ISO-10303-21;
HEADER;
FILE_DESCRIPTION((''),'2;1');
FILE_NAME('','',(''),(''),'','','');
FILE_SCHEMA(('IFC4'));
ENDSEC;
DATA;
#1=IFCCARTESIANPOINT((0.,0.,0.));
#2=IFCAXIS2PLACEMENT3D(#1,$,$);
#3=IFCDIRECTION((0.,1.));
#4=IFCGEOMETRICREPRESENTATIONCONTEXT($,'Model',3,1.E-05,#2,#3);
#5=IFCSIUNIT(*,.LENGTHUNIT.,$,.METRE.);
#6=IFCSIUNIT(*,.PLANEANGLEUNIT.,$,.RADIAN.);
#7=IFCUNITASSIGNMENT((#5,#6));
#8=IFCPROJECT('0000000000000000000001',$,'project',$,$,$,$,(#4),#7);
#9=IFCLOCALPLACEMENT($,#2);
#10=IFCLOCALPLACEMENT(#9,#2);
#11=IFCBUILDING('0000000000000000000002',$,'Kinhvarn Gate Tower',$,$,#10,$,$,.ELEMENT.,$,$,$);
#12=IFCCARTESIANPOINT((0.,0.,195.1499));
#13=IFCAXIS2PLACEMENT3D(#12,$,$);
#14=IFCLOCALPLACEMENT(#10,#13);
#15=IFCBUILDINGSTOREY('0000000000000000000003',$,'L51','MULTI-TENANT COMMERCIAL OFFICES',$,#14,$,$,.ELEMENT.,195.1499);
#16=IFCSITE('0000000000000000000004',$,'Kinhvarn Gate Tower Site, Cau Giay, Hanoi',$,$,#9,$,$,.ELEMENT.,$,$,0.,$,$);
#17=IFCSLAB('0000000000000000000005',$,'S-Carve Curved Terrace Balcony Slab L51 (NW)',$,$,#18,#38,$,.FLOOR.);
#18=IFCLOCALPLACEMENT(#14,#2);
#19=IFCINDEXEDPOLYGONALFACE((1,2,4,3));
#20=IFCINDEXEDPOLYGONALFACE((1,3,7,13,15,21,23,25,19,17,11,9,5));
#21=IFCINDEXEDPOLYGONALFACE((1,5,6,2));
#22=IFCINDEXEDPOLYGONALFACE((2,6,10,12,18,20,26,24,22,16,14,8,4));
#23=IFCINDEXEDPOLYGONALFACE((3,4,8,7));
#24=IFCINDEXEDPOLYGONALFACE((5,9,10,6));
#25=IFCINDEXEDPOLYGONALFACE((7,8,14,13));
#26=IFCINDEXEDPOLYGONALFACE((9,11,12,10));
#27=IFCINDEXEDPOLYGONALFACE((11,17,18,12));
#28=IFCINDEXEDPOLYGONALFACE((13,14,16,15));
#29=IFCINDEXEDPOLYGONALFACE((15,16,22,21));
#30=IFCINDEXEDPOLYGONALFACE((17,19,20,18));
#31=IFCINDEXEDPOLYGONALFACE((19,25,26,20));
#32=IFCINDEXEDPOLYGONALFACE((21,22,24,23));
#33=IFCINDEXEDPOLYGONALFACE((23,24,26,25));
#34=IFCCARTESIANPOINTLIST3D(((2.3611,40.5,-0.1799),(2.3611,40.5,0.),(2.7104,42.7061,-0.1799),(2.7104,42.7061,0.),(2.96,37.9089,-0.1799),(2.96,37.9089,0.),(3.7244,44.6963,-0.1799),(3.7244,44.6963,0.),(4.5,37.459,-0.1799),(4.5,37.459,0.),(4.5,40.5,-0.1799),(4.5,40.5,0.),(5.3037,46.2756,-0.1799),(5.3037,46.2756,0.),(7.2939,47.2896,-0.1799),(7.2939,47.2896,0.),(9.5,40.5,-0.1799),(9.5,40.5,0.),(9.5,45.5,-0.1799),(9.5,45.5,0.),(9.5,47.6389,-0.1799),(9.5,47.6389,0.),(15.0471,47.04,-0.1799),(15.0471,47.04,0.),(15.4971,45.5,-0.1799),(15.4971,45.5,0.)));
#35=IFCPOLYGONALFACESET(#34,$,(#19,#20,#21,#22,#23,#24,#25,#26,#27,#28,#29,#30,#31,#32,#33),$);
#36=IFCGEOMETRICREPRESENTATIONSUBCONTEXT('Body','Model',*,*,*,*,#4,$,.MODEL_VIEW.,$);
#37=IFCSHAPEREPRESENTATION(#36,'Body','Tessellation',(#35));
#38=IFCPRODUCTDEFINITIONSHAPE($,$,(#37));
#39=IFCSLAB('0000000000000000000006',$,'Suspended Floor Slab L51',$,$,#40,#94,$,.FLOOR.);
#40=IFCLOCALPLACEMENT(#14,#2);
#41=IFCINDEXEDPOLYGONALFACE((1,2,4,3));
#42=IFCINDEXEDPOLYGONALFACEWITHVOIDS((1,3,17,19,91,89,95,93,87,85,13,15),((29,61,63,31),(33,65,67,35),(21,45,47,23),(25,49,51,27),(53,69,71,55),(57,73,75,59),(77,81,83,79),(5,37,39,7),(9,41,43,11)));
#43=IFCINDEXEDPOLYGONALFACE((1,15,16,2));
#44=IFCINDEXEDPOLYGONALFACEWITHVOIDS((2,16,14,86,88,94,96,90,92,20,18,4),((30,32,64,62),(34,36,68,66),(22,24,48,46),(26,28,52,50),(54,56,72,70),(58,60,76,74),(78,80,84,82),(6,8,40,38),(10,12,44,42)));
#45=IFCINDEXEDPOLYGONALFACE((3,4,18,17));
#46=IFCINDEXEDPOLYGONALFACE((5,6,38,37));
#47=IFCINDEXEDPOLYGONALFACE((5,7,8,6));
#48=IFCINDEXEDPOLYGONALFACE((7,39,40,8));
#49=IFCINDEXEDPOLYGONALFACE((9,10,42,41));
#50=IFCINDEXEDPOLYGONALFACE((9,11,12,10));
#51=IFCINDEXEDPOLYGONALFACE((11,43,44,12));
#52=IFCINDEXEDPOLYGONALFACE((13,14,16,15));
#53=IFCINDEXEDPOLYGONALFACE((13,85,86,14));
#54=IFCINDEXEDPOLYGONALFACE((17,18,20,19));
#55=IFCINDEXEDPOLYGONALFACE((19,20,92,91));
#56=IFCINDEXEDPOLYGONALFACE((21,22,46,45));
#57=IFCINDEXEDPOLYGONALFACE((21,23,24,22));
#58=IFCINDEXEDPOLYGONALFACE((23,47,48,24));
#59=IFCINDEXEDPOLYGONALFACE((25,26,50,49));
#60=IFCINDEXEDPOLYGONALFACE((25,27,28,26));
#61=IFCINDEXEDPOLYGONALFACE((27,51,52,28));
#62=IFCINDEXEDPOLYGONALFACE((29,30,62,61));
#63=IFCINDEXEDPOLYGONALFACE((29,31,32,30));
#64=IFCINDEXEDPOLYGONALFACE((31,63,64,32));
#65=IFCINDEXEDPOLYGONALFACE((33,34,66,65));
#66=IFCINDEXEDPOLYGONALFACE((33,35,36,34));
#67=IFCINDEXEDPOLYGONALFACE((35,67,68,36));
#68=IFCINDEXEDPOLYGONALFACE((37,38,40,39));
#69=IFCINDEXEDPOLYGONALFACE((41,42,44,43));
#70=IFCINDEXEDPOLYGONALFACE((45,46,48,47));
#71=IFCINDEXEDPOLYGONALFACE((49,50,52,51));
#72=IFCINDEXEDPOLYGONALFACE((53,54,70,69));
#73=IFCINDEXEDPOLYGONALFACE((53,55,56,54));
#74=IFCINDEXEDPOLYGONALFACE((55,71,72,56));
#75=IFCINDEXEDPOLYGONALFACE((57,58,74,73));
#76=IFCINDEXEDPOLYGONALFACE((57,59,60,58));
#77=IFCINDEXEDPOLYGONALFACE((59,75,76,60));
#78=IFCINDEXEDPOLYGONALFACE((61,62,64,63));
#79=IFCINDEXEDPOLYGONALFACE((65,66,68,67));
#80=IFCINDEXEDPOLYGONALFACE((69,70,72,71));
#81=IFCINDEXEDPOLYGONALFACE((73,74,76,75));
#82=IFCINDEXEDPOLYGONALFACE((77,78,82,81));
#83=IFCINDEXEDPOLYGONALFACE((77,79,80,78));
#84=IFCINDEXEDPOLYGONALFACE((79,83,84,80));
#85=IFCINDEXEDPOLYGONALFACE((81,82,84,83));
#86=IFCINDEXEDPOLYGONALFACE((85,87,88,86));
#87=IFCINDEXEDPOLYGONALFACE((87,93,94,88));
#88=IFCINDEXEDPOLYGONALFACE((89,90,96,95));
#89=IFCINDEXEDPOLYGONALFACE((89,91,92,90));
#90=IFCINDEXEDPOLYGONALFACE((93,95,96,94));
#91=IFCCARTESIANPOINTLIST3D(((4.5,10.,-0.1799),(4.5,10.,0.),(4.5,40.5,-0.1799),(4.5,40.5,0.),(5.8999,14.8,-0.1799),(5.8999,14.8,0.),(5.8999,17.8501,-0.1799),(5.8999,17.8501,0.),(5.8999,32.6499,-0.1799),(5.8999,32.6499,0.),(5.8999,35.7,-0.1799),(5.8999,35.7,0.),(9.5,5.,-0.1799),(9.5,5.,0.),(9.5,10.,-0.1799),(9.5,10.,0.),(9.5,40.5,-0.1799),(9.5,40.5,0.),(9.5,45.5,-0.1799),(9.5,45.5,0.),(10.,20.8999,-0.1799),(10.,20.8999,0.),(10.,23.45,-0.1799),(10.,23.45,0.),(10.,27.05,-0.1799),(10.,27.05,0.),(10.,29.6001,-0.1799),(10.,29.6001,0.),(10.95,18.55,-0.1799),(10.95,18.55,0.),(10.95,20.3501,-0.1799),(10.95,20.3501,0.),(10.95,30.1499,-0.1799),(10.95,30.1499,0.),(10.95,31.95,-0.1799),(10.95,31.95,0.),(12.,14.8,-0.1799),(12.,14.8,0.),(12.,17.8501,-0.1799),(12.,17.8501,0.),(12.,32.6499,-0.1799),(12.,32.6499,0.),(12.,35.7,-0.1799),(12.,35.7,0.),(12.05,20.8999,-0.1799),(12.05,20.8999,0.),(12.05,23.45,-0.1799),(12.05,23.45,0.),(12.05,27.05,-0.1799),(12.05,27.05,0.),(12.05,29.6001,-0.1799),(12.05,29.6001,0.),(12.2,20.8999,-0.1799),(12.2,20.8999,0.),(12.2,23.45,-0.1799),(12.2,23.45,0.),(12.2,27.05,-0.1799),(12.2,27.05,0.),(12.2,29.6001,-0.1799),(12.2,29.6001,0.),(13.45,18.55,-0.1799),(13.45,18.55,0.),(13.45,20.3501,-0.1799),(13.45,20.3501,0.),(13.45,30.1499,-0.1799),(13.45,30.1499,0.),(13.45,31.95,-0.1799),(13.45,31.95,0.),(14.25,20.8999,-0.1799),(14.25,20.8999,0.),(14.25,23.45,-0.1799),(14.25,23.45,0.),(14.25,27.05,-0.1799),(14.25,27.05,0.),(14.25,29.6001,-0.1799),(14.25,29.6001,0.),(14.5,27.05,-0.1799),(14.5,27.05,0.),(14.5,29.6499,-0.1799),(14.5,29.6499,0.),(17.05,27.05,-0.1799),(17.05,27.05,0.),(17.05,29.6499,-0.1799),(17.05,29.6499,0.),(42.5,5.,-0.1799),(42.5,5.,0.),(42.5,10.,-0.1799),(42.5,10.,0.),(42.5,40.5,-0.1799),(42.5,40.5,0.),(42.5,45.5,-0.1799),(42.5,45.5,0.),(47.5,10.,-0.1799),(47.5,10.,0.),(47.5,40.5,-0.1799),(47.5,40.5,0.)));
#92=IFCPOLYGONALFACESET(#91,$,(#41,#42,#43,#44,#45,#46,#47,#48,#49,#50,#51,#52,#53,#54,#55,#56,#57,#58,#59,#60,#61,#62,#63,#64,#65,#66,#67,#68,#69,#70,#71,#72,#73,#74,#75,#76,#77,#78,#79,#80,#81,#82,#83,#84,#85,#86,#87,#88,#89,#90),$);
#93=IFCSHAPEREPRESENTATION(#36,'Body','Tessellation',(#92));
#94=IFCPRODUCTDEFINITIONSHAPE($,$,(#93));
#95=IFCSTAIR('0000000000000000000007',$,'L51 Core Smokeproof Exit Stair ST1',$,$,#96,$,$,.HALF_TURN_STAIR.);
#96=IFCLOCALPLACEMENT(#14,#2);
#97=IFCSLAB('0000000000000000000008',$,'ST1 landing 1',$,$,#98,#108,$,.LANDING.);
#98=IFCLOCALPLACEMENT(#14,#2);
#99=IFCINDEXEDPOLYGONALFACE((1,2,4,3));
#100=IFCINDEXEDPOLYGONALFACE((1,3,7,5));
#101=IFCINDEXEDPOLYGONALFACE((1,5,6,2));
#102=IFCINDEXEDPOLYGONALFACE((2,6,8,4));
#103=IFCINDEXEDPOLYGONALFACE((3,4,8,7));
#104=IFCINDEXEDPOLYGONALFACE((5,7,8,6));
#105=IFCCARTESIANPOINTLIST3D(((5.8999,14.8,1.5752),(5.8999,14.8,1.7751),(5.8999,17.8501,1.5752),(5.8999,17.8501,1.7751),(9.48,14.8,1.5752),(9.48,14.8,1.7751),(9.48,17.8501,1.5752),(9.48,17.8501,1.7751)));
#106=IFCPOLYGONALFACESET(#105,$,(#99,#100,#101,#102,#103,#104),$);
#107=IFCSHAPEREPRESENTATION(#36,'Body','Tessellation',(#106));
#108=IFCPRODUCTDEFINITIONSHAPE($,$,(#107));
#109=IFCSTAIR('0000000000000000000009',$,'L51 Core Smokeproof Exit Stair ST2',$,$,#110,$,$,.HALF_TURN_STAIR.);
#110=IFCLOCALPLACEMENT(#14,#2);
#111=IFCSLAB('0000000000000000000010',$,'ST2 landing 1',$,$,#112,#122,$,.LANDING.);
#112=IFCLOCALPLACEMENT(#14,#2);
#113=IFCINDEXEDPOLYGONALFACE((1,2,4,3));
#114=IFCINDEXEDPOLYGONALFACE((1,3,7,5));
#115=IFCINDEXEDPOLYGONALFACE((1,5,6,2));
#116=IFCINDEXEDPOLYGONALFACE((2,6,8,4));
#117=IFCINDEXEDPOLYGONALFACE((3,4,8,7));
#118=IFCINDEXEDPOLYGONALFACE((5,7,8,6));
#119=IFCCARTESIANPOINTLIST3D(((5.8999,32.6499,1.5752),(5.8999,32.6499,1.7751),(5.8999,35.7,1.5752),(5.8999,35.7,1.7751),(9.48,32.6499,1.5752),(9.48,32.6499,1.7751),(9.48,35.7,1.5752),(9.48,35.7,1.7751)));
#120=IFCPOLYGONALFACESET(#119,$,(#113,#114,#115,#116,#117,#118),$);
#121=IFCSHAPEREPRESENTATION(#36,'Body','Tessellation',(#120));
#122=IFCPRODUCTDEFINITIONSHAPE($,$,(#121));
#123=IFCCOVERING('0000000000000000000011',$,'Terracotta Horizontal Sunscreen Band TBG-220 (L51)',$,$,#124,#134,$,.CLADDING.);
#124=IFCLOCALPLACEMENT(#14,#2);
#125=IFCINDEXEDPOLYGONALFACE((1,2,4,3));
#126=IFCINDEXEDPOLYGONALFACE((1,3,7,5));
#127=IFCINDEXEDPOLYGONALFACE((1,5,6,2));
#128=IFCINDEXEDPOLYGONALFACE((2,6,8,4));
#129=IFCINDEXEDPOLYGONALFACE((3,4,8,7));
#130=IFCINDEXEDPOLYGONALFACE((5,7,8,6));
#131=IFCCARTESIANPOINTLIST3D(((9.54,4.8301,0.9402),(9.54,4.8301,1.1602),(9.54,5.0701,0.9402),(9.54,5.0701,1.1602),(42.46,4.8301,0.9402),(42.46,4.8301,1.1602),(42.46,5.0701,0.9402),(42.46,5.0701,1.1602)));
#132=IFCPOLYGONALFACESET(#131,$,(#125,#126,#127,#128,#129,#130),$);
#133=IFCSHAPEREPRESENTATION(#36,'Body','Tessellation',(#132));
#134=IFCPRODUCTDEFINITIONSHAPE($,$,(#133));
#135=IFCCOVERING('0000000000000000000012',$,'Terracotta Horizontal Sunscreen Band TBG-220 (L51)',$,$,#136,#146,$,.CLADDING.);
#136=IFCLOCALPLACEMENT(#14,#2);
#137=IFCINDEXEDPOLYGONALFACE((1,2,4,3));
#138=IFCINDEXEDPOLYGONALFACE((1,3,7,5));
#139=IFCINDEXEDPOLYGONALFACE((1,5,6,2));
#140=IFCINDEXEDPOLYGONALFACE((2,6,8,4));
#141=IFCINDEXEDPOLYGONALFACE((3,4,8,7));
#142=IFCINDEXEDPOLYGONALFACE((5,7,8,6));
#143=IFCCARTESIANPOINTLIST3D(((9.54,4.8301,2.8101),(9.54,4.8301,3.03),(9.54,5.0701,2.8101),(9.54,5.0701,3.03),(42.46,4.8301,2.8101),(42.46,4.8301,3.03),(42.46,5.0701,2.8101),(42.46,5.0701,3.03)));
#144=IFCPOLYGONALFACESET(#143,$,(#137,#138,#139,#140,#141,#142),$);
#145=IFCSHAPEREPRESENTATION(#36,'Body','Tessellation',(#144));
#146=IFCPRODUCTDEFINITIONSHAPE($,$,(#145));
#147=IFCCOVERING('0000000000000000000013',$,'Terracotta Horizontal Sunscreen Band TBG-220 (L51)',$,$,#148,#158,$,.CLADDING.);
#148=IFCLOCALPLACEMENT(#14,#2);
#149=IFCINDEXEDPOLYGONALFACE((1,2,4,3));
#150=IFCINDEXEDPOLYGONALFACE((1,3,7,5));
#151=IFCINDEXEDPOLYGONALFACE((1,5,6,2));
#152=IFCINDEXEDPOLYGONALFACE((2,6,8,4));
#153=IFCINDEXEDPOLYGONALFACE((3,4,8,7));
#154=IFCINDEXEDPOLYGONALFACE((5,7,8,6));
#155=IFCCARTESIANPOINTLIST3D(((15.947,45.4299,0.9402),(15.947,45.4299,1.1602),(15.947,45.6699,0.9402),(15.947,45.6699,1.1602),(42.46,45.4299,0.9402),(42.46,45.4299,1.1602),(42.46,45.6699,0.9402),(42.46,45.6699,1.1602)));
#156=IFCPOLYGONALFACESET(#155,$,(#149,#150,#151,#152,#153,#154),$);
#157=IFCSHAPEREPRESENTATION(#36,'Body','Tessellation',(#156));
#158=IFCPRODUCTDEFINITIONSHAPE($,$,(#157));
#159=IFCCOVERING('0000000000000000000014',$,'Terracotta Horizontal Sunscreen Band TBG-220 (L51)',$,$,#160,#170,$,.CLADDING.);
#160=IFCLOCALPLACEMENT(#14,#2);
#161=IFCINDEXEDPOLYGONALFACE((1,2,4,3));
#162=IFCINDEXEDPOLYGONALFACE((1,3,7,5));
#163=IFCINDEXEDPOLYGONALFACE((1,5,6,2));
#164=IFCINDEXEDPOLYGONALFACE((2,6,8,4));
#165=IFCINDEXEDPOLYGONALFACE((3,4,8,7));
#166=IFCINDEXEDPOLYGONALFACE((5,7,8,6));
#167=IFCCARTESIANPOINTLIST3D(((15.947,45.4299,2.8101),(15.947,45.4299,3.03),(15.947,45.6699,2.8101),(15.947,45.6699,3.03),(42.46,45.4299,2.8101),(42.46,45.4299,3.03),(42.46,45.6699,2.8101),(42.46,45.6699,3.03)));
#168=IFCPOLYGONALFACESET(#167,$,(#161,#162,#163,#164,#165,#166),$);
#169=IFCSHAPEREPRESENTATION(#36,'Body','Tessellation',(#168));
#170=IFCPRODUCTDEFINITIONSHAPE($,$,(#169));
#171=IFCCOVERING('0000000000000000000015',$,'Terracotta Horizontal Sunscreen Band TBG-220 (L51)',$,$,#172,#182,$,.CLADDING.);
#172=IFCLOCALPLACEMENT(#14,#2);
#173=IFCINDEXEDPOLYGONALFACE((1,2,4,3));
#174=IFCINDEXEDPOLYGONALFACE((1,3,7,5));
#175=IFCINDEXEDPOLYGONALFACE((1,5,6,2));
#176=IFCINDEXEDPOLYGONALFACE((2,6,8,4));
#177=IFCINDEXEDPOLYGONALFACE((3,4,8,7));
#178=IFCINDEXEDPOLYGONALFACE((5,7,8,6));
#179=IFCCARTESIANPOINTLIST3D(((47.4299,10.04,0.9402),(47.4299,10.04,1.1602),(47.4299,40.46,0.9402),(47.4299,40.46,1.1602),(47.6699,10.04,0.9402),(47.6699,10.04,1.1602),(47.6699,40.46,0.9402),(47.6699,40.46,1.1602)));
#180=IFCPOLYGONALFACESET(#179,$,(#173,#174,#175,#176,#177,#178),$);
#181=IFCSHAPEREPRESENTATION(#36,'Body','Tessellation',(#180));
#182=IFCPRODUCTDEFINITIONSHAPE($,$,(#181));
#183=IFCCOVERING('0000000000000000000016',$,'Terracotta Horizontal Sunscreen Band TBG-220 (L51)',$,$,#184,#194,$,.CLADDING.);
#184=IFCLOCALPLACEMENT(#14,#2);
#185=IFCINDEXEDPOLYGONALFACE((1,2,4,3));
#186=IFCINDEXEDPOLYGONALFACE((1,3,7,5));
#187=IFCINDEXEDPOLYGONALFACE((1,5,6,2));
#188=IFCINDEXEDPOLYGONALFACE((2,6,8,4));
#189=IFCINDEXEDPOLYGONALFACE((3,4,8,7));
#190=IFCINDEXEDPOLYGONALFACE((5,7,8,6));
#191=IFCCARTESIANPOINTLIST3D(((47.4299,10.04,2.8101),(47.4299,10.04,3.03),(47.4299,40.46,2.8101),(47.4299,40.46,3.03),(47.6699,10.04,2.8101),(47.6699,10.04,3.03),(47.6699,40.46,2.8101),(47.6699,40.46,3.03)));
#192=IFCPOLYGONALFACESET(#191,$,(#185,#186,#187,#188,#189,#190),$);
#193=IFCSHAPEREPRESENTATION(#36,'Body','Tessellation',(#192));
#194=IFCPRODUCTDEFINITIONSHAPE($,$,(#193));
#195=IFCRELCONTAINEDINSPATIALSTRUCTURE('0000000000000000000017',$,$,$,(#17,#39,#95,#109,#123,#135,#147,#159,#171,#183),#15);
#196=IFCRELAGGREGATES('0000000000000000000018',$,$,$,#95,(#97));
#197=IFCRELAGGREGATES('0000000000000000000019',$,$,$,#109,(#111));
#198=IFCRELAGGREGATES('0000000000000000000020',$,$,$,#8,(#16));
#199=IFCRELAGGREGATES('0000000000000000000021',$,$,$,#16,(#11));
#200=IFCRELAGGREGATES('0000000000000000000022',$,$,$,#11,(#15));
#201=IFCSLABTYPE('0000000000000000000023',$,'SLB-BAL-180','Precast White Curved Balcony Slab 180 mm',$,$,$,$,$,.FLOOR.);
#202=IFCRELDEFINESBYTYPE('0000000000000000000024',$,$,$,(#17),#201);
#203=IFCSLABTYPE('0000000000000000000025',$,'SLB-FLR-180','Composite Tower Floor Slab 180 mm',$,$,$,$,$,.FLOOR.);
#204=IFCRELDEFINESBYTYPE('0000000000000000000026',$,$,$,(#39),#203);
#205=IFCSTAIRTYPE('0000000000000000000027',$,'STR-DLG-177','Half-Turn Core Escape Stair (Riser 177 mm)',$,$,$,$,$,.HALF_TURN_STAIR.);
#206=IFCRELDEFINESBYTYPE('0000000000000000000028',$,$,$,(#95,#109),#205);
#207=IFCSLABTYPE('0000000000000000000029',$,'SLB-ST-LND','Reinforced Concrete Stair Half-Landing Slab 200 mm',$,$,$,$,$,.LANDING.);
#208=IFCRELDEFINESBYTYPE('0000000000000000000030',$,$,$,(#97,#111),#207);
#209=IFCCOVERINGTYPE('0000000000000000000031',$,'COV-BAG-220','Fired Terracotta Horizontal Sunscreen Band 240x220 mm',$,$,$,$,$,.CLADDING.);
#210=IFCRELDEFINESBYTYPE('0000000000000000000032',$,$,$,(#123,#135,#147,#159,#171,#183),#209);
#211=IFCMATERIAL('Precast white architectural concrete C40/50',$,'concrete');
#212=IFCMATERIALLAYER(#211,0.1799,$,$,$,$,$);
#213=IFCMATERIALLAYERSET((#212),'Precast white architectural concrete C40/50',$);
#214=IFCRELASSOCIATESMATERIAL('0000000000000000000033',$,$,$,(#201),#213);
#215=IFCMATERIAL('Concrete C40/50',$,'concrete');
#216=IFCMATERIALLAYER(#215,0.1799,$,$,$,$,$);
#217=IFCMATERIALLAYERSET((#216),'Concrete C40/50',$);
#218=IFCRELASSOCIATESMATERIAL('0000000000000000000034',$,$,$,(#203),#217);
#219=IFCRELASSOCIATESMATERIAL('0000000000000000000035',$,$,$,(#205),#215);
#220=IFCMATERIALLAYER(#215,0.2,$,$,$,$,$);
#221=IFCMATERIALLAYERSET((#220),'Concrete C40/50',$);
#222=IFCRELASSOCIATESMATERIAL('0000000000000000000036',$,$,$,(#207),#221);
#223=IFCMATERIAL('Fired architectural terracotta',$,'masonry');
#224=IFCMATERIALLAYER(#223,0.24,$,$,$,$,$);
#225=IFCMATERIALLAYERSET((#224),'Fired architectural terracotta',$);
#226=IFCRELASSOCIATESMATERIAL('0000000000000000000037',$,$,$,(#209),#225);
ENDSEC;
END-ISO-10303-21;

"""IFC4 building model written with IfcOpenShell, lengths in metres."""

from ifc_helpers import new_model, si_unit, direction, frame, origin, place, context, subcontext, project, spatial, polyline, outline, extrude, material, layer, layer_set, type_object, element, aggregate, save


model = new_model("IFC4")

# Units and contexts
model_context = context("Model", 3, precision=1e-05, world=origin(), true_north=direction((0.0, 1.0)))
body_context = subcontext(model_context, "Body", "Model", "MODEL_VIEW")
ifc_project = project(units=[si_unit("LENGTHUNIT", "METRE"), si_unit("PLANEANGLEUNIT", "RADIAN")], contexts=[model_context])

# Site, building, storey
site_placement = place(None, origin())
site = spatial("IfcSite", under=ifc_project, at=site_placement, Name="Kinhvarn Gate Tower Site, Cau Giay, Hanoi", CompositionType="ELEMENT", RefElevation=0.0)
building_placement = place(site_placement, origin())
building = spatial("IfcBuilding", under=site, at=building_placement, Name="Kinhvarn Gate Tower", CompositionType="ELEMENT")
storey_placement = place(building_placement, frame((0.0, 0.0, 195.1499)))
storey = spatial("IfcBuildingStorey", under=building, at=storey_placement, Name="L51", Description="MULTI-TENANT COMMERCIAL OFFICES", CompositionType="ELEMENT", Elevation=195.1499)

# Slabs
ifc_material_1 = material(Name="Precast white architectural concrete C40/50", Category="concrete")
ifc_layer_1 = layer(ifc_material_1, 0.1799)
ifc_layer_set_1 = layer_set([ifc_layer_1], Name="Precast white architectural concrete C40/50")
slab_type_1 = type_object("IfcSlabType", Name="SLB-BAL-180", Description="Precast White Curved Balcony Slab 180 mm", PredefinedType="FLOOR", material=ifc_layer_set_1)
slab_1_placement = place(storey_placement, frame((0.0, 0.0, -0.1799)))
element("IfcSlab", 1, at=slab_1_placement, inside=storey, type_object=slab_type_1, Name="S-Carve Curved Terrace Balcony Slab L51 (NW)", PredefinedType="FLOOR", context=body_context, shape_type="SweptSolid", body=[
    extrude(outline(polyline([(15.4971, 45.5), (15.0471, 47.04), (9.5, 47.6389), (7.2939, 47.2896), (5.3037, 46.2756), (3.7244, 44.6963), (2.7104, 42.7061), (2.3611, 40.5), (2.96, 37.9089), (4.5, 37.459), (4.5, 40.5), (9.5, 40.5), (9.5, 45.5), (15.4971, 45.5)])), origin(), (0.0, 0.0, 1.0), 0.1799),
])
ifc_material_2 = material(Name="Concrete C40/50", Category="concrete")
ifc_layer_2 = layer(ifc_material_2, 0.1799)
ifc_layer_set_2 = layer_set([ifc_layer_2], Name="Concrete C40/50")
slab_type_2 = type_object("IfcSlabType", Name="SLB-FLR-180", Description="Composite Tower Floor Slab 180 mm", PredefinedType="FLOOR", material=ifc_layer_set_2)
slab_2_placement = place(storey_placement, frame((0.0, 0.0, -0.1799)))
element("IfcSlab", 2, at=slab_2_placement, inside=storey, type_object=slab_type_2, Name="Suspended Floor Slab L51", PredefinedType="FLOOR", context=body_context, shape_type="SweptSolid", body=[
    extrude(outline(polyline([(9.5, 5.0), (42.5, 5.0), (42.5, 10.0), (47.5, 10.0), (47.5, 40.5), (42.5, 40.5), (42.5, 45.5), (9.5, 45.5), (9.5, 40.5), (4.5, 40.5), (4.5, 10.0), (9.5, 10.0), (9.5, 5.0)]), holes=[polyline([(5.8999, 14.8), (12.0, 14.8), (12.0, 17.8501), (5.8999, 17.8501), (5.8999, 14.8)]), polyline([(5.8999, 32.6499), (12.0, 32.6499), (12.0, 35.7), (5.8999, 35.7), (5.8999, 32.6499)]), polyline([(10.0, 20.8999), (12.05, 20.8999), (12.05, 23.45), (10.0, 23.45), (10.0, 20.8999)]), polyline([(12.2, 20.8999), (14.25, 20.8999), (14.25, 23.45), (12.2, 23.45), (12.2, 20.8999)]), polyline([(10.0, 27.05), (12.05, 27.05), (12.05, 29.6001), (10.0, 29.6001), (10.0, 27.05)]), polyline([(12.2, 27.05), (14.25, 27.05), (14.25, 29.6001), (12.2, 29.6001), (12.2, 27.05)]), polyline([(14.5, 27.05), (17.05, 27.05), (17.05, 29.6499), (14.5, 29.6499), (14.5, 27.05)]), polyline([(10.95, 18.55), (13.45, 18.55), (13.45, 20.3501), (10.95, 20.3501), (10.95, 18.55)]), polyline([(10.95, 30.1499), (13.45, 30.1499), (13.45, 31.95), (10.95, 31.95), (10.95, 30.1499)])]), origin(), (0.0, 0.0, 1.0), 0.1799),
])

# Stairs, slabs
stair_type = type_object("IfcStairType", Name="STR-DLG-177", Description="Half-Turn Core Escape Stair (Riser 177 mm)", PredefinedType="HALF_TURN_STAIR", material=ifc_material_2)
stair_1_placement = place(storey_placement, origin())
stair_1 = element("IfcStair", 3, at=stair_1_placement, inside=storey, type_object=stair_type, Name="L51 Core Smokeproof Exit Stair ST1", PredefinedType="HALF_TURN_STAIR")
ifc_layer_3 = layer(ifc_material_2, 0.2)
ifc_layer_set_3 = layer_set([ifc_layer_3], Name="Concrete C40/50")
slab_type_3 = type_object("IfcSlabType", Name="SLB-ST-LND", Description="Reinforced Concrete Stair Half-Landing Slab 200 mm", PredefinedType="LANDING", material=ifc_layer_set_3)
slab_3_placement = place(storey_placement, frame((0.0, 0.0, 1.5752)))
slab_3 = element("IfcSlab", 4, at=slab_3_placement, type_object=slab_type_3, Name="ST1 landing 1", PredefinedType="LANDING", context=body_context, shape_type="SweptSolid", body=[
    extrude(outline(polyline([(9.48, 17.8501), (5.8999, 17.8501), (5.8999, 14.8), (9.48, 14.8), (9.48, 17.8501)])), origin(), (0.0, 0.0, 1.0), 0.2),
])
aggregate(stair_1, [slab_3])
stair_2_placement = place(storey_placement, origin())
stair_2 = element("IfcStair", 5, at=stair_2_placement, inside=storey, type_object=stair_type, Name="L51 Core Smokeproof Exit Stair ST2", PredefinedType="HALF_TURN_STAIR")
slab_4_placement = place(storey_placement, frame((0.0, 0.0, 1.5752)))
slab_4 = element("IfcSlab", 6, at=slab_4_placement, type_object=slab_type_3, Name="ST2 landing 1", PredefinedType="LANDING", context=body_context, shape_type="SweptSolid", body=[
    extrude(outline(polyline([(9.48, 35.7), (5.8999, 35.7), (5.8999, 32.6499), (9.48, 32.6499), (9.48, 35.7)])), origin(), (0.0, 0.0, 1.0), 0.2),
])
aggregate(stair_2, [slab_4])

# Coverings
ifc_material_3 = material(Name="Fired architectural terracotta", Category="masonry")
ifc_layer_4 = layer(ifc_material_3, 0.24)
ifc_layer_set_4 = layer_set([ifc_layer_4], Name="Fired architectural terracotta")
covering_type_1 = type_object("IfcCoveringType", Name="COV-BAG-220", Description="Fired Terracotta Horizontal Sunscreen Band 240x220 mm", PredefinedType="CLADDING", material=ifc_layer_set_4)
for number, where, name in (
    (7, (0.0, 0.0, 0.9402), "Terracotta Horizontal Sunscreen Band TBG-220 (L51)"),
    (8, (0.0, 0.0, 2.8101), "Terracotta Horizontal Sunscreen Band TBG-220 (L51)"),
):
    element("IfcCovering", number, at=place(storey_placement, frame(where)), inside=storey, type_object=covering_type_1, Name=name, PredefinedType="CLADDING", context=body_context, shape_type="SweptSolid", body=[
        extrude(outline(polyline([(9.54, 5.0701), (42.46, 5.0701), (42.46, 4.8301), (9.54, 4.8301), (9.54, 5.0701)])), origin(), (0.0, 0.0, 1.0), 0.22),
    ])
for number, where, name in (
    (9, (0.0, 0.0, 0.9402), "Terracotta Horizontal Sunscreen Band TBG-220 (L51)"),
    (10, (0.0, 0.0, 2.8101), "Terracotta Horizontal Sunscreen Band TBG-220 (L51)"),
):
    element("IfcCovering", number, at=place(storey_placement, frame(where)), inside=storey, type_object=covering_type_1, Name=name, PredefinedType="CLADDING", context=body_context, shape_type="SweptSolid", body=[
        extrude(outline(polyline([(42.46, 45.4299), (15.947, 45.4299), (15.947, 45.6699), (42.46, 45.6699), (42.46, 45.4299)])), origin(), (0.0, 0.0, 1.0), 0.22),
    ])
for number, where, name in (
    (11, (0.0, 0.0, 0.9402), "Terracotta Horizontal Sunscreen Band TBG-220 (L51)"),
    (12, (0.0, 0.0, 2.8101), "Terracotta Horizontal Sunscreen Band TBG-220 (L51)"),
):
    element("IfcCovering", number, at=place(storey_placement, frame(where)), inside=storey, type_object=covering_type_1, Name=name, PredefinedType="CLADDING", context=body_context, shape_type="SweptSolid", body=[
        extrude(outline(polyline([(47.4299, 10.04), (47.4299, 40.46), (47.6699, 40.46), (47.6699, 10.04), (47.4299, 10.04)])), origin(), (0.0, 0.0, 1.0), 0.22),
    ])

save(model, "model.ifc")
